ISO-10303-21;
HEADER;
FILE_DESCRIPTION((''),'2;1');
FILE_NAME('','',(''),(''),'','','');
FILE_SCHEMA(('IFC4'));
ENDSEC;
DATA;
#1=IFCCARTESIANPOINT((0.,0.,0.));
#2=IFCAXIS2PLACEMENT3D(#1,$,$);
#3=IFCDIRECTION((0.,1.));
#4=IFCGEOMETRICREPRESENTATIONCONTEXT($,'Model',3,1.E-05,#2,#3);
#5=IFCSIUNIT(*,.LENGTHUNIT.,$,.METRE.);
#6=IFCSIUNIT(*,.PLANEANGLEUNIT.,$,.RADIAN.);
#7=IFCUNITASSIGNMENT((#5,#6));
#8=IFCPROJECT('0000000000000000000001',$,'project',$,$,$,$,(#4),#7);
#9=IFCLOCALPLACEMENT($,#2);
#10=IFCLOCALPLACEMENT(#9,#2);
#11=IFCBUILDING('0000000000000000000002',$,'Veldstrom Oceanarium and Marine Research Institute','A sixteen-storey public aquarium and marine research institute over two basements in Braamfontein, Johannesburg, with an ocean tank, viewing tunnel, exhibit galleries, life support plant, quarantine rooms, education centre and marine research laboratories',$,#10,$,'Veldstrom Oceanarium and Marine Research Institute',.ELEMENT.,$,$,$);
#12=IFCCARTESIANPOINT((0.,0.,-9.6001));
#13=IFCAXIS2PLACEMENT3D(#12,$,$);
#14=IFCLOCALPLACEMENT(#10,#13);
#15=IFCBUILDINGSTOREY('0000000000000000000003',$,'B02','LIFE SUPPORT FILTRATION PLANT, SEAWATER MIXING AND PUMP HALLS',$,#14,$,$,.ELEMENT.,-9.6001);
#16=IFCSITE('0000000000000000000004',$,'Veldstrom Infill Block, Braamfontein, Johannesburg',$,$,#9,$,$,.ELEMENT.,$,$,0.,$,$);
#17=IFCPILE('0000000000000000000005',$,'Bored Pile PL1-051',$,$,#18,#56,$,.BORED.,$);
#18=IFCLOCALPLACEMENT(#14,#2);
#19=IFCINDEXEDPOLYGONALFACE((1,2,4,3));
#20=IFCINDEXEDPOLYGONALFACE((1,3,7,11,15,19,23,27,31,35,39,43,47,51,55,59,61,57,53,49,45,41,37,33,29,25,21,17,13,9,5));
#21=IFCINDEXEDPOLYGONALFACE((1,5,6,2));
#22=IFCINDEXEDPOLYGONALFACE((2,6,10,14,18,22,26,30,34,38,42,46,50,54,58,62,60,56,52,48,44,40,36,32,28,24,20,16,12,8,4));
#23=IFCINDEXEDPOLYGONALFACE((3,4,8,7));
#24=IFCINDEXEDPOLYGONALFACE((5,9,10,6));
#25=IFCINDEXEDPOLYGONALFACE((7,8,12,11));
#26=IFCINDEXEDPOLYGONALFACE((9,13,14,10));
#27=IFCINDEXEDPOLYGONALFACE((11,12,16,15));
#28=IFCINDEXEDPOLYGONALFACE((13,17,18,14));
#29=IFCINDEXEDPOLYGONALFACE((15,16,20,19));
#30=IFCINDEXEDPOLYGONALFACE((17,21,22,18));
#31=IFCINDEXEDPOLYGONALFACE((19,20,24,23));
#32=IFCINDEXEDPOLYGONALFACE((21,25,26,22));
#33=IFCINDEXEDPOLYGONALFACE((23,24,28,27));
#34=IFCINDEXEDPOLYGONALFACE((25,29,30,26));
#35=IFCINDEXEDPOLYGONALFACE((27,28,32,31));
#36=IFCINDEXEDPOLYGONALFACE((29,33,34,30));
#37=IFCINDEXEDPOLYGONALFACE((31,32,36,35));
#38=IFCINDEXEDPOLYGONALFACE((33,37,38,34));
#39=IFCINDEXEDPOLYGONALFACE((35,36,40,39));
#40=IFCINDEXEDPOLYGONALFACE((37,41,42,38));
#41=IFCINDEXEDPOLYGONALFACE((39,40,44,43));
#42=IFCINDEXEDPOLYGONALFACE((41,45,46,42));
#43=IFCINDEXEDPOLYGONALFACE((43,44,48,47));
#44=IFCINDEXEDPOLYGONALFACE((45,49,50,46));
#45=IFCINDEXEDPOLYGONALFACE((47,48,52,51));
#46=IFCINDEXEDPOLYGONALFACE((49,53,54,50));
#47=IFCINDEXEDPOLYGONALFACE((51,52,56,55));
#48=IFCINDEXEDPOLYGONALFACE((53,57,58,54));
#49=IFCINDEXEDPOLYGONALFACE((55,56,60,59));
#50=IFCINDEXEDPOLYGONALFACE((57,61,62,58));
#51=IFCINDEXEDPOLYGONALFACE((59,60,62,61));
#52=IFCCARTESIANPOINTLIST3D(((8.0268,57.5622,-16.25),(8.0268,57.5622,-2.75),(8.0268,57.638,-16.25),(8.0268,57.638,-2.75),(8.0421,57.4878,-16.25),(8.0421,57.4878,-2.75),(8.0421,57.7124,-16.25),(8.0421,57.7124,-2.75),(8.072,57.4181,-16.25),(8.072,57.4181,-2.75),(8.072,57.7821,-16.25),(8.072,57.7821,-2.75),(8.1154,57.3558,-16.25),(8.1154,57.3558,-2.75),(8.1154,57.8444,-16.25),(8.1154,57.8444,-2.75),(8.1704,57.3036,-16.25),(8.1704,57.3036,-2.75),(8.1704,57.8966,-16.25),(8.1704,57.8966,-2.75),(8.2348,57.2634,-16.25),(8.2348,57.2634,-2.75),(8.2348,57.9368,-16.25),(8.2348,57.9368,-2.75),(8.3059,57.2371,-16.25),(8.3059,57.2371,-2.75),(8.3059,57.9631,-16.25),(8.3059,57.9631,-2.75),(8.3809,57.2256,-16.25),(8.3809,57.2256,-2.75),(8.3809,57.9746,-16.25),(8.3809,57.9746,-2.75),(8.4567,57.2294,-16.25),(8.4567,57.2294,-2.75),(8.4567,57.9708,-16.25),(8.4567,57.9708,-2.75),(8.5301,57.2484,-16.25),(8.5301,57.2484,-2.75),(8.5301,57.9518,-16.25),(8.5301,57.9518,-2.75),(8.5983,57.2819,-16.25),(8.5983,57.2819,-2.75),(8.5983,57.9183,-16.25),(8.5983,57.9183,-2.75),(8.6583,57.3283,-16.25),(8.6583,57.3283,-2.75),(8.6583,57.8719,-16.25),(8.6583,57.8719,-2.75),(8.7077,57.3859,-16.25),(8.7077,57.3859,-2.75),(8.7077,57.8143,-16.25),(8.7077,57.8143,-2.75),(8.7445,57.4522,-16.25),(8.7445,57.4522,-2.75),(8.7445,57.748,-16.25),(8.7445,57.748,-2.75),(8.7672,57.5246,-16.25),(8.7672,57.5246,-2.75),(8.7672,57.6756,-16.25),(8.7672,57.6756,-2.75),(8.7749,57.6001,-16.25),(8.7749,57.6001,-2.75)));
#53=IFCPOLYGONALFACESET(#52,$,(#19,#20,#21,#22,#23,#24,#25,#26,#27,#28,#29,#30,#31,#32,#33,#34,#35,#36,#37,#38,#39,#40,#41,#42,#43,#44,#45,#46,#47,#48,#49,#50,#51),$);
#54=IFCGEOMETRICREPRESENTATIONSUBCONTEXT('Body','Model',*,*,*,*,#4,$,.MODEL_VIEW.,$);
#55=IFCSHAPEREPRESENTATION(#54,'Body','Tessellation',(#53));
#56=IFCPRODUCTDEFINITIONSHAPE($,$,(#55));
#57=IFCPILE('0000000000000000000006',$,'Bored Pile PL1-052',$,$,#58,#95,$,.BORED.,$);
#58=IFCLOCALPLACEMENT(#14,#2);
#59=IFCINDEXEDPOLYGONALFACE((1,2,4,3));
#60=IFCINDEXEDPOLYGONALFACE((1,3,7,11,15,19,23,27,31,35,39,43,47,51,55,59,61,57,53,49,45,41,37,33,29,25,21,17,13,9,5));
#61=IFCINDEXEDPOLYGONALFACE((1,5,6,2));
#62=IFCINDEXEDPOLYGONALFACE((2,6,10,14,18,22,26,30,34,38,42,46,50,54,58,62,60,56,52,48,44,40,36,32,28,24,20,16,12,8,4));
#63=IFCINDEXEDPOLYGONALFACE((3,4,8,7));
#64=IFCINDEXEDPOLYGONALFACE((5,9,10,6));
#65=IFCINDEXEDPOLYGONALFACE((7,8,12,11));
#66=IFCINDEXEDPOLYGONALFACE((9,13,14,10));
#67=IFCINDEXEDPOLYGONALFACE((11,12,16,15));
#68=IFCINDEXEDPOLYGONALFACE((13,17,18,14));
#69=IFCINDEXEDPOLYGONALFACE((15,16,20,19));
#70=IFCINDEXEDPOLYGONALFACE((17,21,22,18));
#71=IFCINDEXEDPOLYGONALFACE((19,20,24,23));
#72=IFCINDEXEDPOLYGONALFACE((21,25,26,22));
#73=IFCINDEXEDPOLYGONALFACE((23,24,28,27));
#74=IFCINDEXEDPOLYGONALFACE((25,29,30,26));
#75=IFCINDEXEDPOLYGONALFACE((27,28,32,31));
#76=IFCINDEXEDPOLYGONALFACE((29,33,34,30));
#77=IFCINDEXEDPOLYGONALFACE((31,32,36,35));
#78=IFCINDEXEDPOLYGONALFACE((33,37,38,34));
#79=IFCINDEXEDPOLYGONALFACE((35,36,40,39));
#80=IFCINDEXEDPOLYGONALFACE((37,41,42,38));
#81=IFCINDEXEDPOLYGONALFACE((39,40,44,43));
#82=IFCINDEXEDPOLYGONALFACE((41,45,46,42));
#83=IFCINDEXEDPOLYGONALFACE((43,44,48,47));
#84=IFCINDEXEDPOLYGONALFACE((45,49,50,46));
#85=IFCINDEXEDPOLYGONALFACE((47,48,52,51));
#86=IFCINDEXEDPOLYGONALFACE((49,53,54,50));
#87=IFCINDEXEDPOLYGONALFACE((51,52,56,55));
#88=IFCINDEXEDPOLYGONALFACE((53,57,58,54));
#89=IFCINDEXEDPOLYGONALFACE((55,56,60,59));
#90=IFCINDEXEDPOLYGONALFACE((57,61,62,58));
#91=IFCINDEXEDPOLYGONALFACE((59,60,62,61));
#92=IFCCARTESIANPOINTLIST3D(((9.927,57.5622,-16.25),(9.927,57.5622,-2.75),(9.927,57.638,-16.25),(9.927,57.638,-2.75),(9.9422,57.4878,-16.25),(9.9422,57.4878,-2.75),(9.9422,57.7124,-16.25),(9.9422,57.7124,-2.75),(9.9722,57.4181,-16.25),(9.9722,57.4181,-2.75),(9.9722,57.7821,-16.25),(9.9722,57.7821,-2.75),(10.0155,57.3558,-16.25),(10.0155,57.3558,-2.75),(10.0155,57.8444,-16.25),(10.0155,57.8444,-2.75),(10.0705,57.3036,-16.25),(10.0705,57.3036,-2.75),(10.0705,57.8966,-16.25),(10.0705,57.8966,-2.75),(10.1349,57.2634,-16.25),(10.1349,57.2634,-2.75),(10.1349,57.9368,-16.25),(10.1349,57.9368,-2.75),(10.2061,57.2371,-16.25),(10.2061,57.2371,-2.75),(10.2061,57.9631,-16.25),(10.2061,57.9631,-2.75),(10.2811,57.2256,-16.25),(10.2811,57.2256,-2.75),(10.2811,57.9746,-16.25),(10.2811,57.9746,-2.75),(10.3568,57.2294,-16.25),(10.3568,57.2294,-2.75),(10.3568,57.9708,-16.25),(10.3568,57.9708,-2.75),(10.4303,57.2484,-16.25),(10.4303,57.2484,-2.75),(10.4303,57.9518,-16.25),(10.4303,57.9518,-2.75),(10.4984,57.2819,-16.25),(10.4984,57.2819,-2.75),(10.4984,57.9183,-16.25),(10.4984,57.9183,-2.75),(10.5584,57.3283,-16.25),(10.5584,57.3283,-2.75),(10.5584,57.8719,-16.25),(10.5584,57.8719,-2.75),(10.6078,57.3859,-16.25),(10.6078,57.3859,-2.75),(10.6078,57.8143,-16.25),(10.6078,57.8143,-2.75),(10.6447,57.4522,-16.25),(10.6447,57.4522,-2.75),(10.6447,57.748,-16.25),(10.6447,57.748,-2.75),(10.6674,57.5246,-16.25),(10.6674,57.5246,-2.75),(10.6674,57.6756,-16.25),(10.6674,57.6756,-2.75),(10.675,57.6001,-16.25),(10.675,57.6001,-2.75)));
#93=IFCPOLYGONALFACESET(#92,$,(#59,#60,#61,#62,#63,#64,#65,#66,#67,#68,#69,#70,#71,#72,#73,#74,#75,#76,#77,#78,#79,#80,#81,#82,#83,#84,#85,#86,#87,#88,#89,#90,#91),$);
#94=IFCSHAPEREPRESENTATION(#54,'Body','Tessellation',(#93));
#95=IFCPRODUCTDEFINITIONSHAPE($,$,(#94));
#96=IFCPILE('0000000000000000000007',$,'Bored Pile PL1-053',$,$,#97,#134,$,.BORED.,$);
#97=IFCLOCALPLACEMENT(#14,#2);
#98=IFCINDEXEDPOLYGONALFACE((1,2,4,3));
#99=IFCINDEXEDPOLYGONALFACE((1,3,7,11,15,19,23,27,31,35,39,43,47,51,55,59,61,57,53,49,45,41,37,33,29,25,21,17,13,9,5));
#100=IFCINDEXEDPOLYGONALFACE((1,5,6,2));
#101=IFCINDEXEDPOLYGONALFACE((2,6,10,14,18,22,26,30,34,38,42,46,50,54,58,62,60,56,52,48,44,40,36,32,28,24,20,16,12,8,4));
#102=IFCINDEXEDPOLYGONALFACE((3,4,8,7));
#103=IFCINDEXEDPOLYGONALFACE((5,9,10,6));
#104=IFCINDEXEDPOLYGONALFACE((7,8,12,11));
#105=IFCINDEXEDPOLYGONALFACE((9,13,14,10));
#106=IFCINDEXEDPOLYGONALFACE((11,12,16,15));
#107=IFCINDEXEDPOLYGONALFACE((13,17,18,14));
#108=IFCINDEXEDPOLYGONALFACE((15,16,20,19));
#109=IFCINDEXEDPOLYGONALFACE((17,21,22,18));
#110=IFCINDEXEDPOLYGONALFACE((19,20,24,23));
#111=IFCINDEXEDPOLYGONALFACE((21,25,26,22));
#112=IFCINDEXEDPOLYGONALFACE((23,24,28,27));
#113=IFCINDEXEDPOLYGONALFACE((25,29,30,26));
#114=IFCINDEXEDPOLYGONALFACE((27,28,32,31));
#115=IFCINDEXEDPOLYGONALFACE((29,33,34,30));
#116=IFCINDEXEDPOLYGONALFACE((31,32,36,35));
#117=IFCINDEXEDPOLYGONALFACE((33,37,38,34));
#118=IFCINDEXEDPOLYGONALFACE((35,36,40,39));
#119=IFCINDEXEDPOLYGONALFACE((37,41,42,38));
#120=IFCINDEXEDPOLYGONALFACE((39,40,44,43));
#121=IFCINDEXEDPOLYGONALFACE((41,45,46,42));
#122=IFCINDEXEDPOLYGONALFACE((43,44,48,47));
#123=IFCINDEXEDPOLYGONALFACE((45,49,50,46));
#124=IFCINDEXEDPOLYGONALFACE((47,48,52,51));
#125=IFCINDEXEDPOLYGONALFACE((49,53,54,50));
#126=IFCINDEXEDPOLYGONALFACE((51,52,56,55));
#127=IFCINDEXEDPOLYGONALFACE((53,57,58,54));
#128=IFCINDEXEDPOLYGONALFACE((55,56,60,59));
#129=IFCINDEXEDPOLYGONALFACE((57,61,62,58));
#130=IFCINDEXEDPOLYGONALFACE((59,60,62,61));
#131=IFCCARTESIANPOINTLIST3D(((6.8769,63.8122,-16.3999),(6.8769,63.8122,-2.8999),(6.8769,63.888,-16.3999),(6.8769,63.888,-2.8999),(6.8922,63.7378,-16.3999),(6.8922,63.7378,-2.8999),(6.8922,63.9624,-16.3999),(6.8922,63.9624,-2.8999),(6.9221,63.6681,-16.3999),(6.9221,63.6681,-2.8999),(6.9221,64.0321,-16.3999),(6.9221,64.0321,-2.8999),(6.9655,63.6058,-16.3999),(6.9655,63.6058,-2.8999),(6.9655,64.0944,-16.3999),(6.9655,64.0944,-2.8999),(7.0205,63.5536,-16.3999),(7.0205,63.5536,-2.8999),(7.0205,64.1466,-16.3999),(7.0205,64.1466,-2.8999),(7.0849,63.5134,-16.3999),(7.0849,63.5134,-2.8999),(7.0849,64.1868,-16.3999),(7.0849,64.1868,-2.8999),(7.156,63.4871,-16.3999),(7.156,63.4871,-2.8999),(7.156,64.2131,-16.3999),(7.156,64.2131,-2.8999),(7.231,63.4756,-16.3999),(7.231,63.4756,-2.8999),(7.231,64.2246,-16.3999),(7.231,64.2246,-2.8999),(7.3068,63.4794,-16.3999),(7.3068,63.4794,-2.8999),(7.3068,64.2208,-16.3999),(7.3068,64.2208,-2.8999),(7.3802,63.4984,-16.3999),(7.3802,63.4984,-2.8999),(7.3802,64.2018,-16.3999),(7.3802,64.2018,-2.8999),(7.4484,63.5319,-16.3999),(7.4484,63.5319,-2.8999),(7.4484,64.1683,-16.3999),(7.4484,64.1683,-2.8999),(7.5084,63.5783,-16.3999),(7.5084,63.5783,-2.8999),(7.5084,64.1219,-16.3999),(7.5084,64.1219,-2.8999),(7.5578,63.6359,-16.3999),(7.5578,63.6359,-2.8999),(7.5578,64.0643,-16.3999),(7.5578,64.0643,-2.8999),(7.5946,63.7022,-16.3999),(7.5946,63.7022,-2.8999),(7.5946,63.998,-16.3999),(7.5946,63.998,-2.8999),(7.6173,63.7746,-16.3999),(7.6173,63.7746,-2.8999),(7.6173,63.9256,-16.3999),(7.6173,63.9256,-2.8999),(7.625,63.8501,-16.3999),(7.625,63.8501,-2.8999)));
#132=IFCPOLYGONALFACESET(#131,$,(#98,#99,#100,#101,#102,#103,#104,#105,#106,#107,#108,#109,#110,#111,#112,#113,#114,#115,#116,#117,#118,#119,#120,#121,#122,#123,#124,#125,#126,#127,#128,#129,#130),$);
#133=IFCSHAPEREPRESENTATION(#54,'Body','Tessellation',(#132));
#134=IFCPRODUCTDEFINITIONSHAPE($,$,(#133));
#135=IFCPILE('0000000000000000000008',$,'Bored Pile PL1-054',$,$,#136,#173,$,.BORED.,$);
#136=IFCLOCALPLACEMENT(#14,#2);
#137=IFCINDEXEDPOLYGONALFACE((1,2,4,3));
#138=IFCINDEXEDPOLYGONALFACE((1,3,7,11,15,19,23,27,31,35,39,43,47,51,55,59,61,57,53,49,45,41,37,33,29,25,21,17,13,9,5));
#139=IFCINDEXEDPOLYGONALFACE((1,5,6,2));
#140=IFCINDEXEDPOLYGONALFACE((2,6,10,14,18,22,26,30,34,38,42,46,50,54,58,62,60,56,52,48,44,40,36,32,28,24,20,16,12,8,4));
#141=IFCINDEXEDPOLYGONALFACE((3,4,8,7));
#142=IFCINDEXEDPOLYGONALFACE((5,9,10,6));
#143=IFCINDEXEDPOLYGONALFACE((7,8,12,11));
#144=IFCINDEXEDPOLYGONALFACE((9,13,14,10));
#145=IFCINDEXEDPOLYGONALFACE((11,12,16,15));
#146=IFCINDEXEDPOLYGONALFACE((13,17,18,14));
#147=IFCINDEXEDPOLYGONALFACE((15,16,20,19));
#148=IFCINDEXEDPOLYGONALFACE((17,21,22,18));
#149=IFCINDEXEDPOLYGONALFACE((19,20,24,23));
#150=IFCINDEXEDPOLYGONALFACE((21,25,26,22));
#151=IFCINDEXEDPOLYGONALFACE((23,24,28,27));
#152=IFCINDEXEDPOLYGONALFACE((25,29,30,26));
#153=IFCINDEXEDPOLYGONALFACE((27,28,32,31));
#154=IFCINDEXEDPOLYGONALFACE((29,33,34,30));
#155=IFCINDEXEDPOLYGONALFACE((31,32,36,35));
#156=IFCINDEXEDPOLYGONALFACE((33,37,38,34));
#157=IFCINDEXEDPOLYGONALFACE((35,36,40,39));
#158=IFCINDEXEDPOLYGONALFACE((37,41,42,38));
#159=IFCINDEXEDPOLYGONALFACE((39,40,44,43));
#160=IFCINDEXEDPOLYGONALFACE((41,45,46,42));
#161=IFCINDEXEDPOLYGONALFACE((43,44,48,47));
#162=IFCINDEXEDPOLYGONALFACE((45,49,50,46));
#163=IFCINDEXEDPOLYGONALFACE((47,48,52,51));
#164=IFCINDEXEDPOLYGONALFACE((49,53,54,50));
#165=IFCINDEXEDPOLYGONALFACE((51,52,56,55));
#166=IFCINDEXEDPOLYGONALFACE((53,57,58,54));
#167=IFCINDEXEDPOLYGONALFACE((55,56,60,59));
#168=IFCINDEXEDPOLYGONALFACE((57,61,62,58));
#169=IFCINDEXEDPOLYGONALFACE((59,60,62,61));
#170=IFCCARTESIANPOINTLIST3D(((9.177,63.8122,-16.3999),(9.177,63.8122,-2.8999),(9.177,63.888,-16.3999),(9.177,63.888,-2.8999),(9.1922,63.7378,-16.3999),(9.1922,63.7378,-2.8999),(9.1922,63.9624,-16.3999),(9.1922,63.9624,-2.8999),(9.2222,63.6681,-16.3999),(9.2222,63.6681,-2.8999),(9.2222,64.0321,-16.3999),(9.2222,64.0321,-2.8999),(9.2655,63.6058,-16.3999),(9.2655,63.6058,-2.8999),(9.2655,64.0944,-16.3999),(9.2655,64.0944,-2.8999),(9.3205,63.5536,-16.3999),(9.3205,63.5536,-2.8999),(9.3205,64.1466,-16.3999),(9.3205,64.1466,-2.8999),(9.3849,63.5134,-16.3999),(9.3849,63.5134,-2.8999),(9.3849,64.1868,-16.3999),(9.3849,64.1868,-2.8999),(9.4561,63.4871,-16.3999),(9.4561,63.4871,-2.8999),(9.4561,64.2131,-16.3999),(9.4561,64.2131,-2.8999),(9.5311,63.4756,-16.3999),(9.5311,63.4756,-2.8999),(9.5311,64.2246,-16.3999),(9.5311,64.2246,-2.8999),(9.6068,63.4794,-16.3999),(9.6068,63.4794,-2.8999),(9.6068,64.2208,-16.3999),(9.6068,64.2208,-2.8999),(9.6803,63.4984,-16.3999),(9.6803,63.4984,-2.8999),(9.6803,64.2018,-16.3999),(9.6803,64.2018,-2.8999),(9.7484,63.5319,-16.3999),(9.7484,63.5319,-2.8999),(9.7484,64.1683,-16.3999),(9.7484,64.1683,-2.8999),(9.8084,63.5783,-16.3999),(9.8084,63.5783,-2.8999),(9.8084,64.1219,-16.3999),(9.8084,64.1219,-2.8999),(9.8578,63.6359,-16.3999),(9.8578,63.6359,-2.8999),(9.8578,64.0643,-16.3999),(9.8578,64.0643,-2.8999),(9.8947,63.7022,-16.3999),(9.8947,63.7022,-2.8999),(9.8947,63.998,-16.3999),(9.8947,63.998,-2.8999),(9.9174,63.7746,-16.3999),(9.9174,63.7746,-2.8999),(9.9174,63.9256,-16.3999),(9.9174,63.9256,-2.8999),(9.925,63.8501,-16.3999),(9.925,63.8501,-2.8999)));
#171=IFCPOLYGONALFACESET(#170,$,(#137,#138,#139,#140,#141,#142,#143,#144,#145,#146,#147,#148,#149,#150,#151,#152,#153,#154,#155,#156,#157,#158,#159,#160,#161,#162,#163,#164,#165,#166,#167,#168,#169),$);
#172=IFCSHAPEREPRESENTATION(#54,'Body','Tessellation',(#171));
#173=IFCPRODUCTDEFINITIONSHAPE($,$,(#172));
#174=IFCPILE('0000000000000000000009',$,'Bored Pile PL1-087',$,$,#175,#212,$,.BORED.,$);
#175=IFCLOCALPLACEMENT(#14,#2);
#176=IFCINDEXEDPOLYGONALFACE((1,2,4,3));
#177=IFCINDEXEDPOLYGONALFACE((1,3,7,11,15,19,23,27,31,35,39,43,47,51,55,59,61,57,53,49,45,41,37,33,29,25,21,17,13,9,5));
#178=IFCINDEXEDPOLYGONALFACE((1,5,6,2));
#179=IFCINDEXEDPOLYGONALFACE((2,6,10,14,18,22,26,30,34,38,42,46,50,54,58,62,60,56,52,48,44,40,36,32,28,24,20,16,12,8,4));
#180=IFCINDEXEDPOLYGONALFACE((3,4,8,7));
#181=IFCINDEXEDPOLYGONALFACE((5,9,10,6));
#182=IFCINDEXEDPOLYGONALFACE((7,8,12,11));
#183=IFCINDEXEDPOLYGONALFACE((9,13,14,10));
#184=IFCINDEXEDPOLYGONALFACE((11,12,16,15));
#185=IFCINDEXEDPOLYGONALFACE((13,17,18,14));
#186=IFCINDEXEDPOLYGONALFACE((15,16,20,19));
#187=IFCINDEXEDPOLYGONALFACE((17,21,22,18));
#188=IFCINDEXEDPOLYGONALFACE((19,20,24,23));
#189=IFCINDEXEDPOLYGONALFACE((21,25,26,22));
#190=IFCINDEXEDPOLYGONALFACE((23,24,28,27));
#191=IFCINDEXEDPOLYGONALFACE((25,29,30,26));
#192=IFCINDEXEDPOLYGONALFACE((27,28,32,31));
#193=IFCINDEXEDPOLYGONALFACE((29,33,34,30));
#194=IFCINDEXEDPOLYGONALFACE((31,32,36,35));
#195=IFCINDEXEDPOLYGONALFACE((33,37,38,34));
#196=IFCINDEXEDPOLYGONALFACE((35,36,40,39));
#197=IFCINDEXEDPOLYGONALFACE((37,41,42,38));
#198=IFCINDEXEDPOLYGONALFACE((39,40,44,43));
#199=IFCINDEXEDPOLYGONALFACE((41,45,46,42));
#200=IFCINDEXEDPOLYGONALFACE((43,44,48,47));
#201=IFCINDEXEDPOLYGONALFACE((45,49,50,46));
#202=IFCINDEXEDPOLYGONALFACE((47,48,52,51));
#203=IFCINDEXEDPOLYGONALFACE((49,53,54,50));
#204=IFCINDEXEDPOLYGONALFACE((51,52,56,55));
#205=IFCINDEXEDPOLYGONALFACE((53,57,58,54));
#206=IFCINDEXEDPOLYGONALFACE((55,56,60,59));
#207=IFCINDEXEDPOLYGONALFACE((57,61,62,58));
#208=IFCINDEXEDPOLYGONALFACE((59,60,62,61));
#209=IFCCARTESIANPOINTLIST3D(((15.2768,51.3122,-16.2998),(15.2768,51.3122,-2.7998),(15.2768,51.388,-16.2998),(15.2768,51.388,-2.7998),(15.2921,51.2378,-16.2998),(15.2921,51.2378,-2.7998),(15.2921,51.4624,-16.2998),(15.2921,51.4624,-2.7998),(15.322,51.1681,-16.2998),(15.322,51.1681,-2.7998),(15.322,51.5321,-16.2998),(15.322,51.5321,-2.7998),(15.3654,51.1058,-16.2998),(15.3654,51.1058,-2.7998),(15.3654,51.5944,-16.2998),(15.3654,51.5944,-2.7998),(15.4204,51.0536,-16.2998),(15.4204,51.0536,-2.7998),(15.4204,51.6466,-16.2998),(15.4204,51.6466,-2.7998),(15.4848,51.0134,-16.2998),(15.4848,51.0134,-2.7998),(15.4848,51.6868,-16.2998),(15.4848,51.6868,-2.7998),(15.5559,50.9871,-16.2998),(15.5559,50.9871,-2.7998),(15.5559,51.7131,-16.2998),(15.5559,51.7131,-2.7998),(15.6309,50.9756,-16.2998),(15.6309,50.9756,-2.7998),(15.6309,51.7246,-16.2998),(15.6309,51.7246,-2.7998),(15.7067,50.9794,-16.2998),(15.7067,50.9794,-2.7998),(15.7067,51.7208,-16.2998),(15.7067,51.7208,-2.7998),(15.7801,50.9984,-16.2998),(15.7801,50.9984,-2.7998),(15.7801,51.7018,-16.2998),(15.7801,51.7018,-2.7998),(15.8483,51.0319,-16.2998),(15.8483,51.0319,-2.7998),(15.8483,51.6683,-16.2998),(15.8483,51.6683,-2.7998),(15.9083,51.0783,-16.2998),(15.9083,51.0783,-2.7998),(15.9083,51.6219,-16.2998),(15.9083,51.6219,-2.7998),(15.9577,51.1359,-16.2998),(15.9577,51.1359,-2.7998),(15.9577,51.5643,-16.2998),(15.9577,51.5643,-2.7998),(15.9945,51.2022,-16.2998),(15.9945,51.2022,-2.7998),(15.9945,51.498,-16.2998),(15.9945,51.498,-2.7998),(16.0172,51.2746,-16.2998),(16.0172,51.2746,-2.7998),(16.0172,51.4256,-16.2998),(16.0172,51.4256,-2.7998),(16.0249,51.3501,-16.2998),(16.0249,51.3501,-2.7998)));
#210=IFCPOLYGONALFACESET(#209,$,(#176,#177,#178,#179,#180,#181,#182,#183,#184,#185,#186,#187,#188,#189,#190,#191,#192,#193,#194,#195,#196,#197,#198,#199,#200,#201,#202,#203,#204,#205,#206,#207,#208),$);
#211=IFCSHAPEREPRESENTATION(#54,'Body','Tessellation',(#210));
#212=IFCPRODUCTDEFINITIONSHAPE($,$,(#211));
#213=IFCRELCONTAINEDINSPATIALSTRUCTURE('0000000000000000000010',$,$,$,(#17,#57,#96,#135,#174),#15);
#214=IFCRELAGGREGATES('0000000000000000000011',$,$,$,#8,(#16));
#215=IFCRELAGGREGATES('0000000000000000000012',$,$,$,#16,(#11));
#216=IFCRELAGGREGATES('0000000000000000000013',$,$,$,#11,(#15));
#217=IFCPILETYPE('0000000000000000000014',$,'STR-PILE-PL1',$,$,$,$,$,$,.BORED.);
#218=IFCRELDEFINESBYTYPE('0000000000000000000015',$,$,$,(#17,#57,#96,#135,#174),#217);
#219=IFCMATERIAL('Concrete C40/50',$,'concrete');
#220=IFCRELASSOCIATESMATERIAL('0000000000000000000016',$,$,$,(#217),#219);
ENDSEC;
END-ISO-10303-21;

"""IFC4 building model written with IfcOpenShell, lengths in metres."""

from ifc_helpers import new_model, si_unit, direction, frame, origin, origin_2d, place, context, subcontext, project, spatial, circle, extrude, material, material_profile, profile_set, type_object, element, save


model = new_model("IFC4")

# Units and contexts
model_context = context("Model", 3, precision=1e-05, world=origin(), true_north=direction((0.0, 1.0)))
body_context = subcontext(model_context, "Body", "Model", "MODEL_VIEW")
ifc_project = project(units=[si_unit("LENGTHUNIT", "METRE"), si_unit("PLANEANGLEUNIT", "RADIAN")], contexts=[model_context])

# Site, building, storey
site_placement = place(None, origin())
site = spatial("IfcSite", under=ifc_project, at=site_placement, Name="Veldstrom Infill Block, Braamfontein, Johannesburg", CompositionType="ELEMENT", RefElevation=0.0)
building_placement = place(site_placement, origin())
building = spatial("IfcBuilding", under=site, at=building_placement, Name="Veldstrom Oceanarium and Marine Research Institute", Description="A sixteen-storey public aquarium and marine research institute over two basements in Braamfontein, Johannesburg, with an ocean tank, viewing tunnel, exhibit galleries, life support plant, quarantine rooms, education centre and marine research laboratories", LongName="Veldstrom Oceanarium and Marine Research Institute", CompositionType="ELEMENT")
storey_placement = place(building_placement, frame((0.0, 0.0, -9.6001)))
storey = spatial("IfcBuildingStorey", under=building, at=storey_placement, Name="B02", Description="LIFE SUPPORT FILTRATION PLANT, SEAWATER MIXING AND PUMP HALLS", CompositionType="ELEMENT", Elevation=-9.6001)

# Piles
ifc_material_1 = material(Name="Concrete C40/50", Category="concrete")
ifc_material_profile_1 = material_profile(ifc_material_1, circle(Radius=0.375, at=origin_2d()), Name="PILE-D750")
ifc_profile_set_1 = profile_set([ifc_material_profile_1], Name="Concrete C40/50")
pile_type = type_object("IfcPileType", Name="STR-PILE-PL1", PredefinedType="BORED", material=ifc_profile_set_1)
for number, where, z_axis, x_axis, name in (
    (1, (8.3999, 57.6001, -2.75), (0.0, 0.0, -1.0), (1.0, 0.0, 0.0), "Bored Pile PL1-051"),
    (2, (10.3, 57.6001, -2.75), (0.0, 0.0, -1.0), (1.0, 0.0, 0.0), "Bored Pile PL1-052"),
    (3, (7.25, 63.8501, -2.8999), (0.0, 0.0, -1.0), (1.0, 0.0, 0.0), "Bored Pile PL1-053"),
    (4, (9.55, 63.8501, -2.8999), (0.0, 0.0, -1.0), (1.0, 0.0, 0.0), "Bored Pile PL1-054"),
    (5, (15.6499, 51.3501, -2.7998), (0.0, 0.0, -1.0), (1.0, 0.0, 0.0), "Bored Pile PL1-087"),
):
    element("IfcPile", number, at=place(storey_placement, frame(where, z_axis=z_axis, x_axis=x_axis)), inside=storey, type_object=pile_type, Name=name, PredefinedType="BORED", context=body_context, shape_type="SweptSolid", body=[
        extrude(circle(Radius=0.375, at=origin_2d()), origin(), (0.0, 0.0, 1.0), 13.5),
    ])

save(model, "model.ifc")
